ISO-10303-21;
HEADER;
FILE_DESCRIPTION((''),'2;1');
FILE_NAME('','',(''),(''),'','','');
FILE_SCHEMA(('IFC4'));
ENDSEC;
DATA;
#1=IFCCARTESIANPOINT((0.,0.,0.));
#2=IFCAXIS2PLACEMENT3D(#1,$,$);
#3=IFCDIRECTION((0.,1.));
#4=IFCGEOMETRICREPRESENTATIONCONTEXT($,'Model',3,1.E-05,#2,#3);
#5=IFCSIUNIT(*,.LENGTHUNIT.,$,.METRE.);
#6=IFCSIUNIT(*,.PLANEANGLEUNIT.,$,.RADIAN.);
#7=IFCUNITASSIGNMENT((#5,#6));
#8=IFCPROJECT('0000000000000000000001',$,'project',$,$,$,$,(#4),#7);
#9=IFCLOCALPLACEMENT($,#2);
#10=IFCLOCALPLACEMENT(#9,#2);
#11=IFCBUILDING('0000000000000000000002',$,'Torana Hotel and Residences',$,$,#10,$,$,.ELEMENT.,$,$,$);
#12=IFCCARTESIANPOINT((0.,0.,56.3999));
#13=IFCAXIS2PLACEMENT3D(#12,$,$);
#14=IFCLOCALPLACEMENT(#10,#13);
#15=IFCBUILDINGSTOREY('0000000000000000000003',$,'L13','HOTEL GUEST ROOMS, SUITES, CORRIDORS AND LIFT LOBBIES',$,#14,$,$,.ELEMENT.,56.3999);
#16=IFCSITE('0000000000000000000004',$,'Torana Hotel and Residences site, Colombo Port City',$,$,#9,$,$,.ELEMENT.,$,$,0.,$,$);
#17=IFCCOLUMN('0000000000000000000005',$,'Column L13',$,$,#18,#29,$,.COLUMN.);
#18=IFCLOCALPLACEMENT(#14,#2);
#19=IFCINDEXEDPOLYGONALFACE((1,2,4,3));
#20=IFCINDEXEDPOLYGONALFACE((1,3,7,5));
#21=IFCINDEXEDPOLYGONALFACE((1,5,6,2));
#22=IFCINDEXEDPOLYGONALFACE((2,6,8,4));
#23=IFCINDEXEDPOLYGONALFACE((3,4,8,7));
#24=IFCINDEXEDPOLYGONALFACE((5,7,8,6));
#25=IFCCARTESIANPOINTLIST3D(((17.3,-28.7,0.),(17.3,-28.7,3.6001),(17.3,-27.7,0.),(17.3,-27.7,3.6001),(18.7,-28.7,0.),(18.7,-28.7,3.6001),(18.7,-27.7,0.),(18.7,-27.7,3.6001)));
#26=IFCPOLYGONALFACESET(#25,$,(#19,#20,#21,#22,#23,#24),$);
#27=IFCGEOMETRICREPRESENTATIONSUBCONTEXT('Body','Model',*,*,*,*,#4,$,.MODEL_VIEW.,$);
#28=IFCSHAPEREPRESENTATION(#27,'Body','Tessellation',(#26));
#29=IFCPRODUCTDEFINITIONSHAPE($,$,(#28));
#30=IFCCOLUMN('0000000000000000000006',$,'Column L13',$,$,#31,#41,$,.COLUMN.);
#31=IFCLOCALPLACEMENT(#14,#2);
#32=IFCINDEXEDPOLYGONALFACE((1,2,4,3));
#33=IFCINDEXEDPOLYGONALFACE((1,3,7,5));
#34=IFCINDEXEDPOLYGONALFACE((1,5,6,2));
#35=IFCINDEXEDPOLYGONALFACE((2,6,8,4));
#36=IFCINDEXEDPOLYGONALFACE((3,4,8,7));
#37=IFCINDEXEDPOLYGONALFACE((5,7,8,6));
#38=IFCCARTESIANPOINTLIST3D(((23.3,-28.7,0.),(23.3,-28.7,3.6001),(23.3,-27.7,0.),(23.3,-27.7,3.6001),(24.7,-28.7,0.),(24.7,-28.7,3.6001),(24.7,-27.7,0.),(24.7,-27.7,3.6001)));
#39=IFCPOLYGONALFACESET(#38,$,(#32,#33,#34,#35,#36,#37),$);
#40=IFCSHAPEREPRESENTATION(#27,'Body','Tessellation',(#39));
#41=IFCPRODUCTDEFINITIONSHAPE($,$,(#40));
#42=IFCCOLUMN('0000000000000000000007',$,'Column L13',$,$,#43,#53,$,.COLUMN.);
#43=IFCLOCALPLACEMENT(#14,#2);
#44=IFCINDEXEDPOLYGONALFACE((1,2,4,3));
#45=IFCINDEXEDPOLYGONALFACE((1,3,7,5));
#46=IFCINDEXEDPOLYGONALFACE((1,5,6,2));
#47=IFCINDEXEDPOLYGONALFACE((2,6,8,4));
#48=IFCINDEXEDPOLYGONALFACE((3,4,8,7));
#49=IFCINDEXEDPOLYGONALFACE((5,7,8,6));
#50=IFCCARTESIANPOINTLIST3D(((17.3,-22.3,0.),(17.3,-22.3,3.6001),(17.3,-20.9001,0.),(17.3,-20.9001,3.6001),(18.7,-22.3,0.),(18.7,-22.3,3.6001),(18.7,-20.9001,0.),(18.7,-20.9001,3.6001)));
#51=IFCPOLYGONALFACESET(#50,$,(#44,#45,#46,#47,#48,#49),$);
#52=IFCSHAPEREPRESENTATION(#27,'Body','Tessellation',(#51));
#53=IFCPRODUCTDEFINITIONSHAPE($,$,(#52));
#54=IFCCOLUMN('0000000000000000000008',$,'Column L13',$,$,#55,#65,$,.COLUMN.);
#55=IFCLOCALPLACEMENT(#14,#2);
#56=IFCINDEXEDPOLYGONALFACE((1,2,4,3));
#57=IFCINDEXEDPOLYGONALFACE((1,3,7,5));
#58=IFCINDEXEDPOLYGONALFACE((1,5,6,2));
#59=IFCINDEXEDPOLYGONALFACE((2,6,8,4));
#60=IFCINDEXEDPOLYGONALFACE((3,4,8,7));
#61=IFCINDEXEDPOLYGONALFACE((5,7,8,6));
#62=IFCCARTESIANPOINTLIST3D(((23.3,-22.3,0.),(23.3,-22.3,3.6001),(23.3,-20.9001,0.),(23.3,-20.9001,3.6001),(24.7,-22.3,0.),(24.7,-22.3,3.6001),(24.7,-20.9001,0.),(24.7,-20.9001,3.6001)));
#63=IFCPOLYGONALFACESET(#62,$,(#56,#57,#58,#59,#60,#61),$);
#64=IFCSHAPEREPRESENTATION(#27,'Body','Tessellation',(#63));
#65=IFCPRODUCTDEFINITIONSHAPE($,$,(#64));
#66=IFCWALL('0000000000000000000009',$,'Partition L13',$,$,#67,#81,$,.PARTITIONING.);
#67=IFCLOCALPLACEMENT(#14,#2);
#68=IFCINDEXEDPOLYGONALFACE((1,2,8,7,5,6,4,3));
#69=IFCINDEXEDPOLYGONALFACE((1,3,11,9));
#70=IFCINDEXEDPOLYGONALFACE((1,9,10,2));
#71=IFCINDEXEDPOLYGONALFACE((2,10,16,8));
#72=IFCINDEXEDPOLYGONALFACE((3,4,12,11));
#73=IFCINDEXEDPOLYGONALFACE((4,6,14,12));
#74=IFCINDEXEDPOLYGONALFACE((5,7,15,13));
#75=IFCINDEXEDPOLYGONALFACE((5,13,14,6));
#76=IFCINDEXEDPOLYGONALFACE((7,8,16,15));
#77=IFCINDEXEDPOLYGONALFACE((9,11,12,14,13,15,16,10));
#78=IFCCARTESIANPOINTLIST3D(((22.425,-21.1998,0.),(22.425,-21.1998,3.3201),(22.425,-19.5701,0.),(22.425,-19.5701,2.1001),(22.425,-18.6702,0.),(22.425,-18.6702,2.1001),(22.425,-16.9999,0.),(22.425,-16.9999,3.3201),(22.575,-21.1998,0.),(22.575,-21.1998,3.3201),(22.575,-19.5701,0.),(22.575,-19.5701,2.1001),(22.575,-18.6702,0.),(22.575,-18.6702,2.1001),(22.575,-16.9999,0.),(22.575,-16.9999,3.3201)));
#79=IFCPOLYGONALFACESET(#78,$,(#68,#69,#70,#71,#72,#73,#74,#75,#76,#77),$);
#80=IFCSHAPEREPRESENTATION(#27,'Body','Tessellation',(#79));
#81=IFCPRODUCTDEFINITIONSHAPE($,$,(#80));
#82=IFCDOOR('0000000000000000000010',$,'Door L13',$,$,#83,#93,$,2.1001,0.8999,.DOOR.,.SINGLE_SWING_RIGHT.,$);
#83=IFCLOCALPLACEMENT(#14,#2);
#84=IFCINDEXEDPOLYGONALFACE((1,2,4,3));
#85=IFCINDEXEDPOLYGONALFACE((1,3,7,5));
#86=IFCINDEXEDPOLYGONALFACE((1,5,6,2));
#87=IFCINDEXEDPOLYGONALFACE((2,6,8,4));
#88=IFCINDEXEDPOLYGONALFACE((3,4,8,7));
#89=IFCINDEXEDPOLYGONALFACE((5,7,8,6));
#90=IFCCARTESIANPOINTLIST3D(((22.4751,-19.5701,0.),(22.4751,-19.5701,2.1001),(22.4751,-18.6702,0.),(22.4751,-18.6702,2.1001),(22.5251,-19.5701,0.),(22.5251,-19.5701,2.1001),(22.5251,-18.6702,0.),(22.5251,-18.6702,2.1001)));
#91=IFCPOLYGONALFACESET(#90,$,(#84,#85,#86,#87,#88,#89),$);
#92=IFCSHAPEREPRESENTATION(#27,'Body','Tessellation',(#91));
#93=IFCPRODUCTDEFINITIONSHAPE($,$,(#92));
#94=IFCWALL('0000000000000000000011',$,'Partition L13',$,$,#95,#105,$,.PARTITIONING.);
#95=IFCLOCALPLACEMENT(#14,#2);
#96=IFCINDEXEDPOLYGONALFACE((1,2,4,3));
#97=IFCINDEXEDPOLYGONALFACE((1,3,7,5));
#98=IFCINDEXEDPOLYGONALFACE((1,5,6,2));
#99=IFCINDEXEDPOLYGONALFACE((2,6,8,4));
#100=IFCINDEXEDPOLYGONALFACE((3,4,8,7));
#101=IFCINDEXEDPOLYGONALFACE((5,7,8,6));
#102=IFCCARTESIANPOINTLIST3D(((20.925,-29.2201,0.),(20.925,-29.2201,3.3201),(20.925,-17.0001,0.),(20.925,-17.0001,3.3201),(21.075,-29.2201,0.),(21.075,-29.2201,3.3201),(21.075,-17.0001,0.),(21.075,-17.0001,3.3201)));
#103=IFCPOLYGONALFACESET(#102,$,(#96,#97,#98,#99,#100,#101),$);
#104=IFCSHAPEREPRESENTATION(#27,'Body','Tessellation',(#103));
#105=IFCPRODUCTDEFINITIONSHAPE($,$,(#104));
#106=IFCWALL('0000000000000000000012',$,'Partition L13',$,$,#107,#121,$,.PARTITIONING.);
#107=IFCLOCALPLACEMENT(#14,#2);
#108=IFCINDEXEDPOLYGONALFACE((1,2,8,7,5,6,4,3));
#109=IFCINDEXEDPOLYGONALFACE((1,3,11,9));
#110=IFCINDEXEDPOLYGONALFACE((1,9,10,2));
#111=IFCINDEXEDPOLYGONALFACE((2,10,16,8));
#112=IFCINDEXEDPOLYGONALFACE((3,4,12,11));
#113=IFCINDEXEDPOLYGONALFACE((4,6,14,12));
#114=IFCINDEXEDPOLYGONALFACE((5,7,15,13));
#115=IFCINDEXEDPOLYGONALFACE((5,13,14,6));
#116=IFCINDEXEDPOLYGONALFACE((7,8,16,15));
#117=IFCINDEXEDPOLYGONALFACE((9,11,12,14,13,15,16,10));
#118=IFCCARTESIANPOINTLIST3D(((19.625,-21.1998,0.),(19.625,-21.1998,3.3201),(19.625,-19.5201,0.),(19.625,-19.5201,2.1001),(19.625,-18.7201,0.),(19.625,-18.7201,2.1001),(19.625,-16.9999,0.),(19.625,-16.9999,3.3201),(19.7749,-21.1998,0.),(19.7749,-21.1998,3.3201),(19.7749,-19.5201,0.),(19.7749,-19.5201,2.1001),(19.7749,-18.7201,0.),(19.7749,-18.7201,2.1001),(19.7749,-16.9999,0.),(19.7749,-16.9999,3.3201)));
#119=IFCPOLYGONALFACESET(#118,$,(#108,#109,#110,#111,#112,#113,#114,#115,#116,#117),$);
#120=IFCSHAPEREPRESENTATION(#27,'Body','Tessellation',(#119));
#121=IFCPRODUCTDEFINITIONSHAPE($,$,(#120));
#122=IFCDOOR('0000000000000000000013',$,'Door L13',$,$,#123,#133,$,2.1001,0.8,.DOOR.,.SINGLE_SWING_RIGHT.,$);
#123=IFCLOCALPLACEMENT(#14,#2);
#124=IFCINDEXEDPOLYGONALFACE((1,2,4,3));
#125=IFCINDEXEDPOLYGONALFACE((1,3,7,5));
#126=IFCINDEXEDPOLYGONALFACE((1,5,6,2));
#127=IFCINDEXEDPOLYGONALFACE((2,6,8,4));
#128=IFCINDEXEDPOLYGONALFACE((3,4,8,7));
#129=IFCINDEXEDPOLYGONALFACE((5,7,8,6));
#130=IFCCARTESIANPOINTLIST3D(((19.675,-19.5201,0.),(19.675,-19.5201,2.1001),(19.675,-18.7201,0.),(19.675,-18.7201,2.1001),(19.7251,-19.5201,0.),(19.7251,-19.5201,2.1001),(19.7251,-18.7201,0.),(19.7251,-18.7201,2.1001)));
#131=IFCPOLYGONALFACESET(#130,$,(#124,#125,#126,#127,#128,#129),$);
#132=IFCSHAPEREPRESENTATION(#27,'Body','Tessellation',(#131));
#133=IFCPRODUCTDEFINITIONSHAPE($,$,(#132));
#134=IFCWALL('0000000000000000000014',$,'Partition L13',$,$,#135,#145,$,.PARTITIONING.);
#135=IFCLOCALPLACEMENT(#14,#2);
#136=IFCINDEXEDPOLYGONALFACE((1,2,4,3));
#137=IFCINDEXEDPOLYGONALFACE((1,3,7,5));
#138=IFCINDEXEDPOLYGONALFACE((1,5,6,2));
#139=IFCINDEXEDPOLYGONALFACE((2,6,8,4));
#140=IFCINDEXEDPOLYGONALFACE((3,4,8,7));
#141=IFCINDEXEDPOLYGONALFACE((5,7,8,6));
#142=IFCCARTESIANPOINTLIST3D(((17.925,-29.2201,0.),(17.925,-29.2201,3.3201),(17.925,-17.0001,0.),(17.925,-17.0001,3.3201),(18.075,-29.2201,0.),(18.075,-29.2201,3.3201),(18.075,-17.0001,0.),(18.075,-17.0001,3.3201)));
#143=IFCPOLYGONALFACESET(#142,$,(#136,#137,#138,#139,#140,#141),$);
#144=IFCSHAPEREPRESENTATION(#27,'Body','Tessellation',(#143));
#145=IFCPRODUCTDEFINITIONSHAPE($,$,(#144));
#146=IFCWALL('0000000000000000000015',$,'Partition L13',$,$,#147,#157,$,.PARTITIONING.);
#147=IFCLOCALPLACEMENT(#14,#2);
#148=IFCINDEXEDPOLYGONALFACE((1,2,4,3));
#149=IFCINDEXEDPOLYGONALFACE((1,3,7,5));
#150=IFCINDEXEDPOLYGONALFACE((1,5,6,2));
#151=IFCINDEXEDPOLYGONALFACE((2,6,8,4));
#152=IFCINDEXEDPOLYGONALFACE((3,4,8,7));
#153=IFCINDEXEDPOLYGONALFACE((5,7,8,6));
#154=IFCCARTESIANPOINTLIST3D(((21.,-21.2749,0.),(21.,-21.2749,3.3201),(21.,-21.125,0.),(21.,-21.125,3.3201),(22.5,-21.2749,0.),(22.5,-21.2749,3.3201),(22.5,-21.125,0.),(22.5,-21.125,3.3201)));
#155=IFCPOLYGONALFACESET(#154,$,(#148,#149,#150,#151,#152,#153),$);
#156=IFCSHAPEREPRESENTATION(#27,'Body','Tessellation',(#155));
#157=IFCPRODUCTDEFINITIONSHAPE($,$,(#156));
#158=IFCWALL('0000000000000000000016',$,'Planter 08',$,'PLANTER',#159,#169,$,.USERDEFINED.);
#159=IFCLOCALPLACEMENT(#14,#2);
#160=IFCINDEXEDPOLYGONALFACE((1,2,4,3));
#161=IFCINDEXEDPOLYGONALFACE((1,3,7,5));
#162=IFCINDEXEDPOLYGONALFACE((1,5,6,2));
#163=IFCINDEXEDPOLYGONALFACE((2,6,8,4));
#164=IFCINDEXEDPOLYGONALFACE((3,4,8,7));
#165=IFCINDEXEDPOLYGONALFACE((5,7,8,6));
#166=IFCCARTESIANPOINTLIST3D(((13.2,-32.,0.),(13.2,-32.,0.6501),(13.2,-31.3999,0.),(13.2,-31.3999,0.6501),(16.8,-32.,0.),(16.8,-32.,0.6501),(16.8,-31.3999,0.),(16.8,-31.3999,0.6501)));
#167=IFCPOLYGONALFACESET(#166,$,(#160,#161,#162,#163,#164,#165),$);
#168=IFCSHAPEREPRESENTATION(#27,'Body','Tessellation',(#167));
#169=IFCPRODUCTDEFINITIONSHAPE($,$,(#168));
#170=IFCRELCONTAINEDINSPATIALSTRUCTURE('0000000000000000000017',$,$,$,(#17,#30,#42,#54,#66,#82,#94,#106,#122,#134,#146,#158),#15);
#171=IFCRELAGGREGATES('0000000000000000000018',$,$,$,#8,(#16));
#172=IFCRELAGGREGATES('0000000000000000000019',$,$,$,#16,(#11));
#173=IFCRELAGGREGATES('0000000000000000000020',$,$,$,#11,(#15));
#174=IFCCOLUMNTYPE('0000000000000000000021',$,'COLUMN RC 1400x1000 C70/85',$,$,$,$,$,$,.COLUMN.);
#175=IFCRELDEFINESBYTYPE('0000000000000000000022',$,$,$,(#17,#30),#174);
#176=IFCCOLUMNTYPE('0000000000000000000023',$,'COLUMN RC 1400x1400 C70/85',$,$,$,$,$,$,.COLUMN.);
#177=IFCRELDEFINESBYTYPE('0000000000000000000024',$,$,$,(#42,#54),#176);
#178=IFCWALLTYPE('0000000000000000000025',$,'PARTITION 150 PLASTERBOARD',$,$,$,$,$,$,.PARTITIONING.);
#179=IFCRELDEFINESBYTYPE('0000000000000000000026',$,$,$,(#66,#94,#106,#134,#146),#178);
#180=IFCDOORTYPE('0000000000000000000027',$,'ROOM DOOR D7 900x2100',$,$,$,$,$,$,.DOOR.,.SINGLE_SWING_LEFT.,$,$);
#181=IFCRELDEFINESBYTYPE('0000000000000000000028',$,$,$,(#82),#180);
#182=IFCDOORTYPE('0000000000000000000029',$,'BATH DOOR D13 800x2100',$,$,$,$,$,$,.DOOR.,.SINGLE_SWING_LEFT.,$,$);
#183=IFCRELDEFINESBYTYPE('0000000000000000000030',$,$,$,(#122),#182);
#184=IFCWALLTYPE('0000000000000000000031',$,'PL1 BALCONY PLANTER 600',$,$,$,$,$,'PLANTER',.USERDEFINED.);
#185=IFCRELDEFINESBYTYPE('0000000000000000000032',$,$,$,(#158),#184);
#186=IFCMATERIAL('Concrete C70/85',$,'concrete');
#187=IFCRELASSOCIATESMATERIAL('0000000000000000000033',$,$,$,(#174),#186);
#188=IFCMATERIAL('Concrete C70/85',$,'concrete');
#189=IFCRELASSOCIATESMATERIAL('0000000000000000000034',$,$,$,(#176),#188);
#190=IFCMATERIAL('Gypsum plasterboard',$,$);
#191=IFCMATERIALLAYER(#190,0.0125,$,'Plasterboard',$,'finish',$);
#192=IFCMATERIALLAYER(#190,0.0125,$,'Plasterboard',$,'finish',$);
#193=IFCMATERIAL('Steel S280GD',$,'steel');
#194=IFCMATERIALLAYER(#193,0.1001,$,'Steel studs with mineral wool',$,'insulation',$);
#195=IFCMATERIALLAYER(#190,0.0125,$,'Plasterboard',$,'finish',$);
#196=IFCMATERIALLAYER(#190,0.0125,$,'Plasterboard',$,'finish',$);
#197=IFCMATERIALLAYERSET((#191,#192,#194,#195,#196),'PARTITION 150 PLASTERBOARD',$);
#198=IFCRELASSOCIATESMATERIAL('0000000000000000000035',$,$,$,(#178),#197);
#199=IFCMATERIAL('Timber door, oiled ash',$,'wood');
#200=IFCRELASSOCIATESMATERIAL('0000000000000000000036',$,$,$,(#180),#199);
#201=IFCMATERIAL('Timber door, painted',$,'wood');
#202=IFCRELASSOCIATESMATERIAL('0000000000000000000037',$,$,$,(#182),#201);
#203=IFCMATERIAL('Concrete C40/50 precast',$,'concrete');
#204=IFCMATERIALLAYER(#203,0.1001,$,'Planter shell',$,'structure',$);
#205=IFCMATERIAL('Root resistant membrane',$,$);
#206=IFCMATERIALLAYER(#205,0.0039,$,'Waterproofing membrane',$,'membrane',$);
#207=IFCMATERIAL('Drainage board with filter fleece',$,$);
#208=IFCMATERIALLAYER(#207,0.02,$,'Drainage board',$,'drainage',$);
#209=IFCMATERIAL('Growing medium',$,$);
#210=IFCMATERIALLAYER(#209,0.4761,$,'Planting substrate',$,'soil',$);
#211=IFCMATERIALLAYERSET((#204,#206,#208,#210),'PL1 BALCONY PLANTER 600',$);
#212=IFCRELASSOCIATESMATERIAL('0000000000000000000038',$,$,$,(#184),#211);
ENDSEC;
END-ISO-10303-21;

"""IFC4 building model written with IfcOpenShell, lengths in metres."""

from ifc_helpers import new_model, si_unit, direction, frame, frame_2d, origin, origin_2d, place, context, subcontext, project, spatial, rectangle, extrude, material, layer, layer_set, material_profile, profile_set, type_object, element, fill, save


model = new_model("IFC4")

# Units and contexts
model_context = context("Model", 3, precision=1e-05, world=origin(), true_north=direction((0.0, 1.0)))
body_context = subcontext(model_context, "Body", "Model", "MODEL_VIEW")
ifc_project = project(units=[si_unit("LENGTHUNIT", "METRE"), si_unit("PLANEANGLEUNIT", "RADIAN")], contexts=[model_context])

# Site, building, storey
site_placement = place(None, origin())
site = spatial("IfcSite", under=ifc_project, at=site_placement, Name="Torana Hotel and Residences site, Colombo Port City", CompositionType="ELEMENT", RefElevation=0.0)
building_placement = place(site_placement, origin())
building = spatial("IfcBuilding", under=site, at=building_placement, Name="Torana Hotel and Residences", CompositionType="ELEMENT")
storey_placement = place(building_placement, frame((0.0, 0.0, 56.3999)))
storey = spatial("IfcBuildingStorey", under=building, at=storey_placement, Name="L13", Description="HOTEL GUEST ROOMS, SUITES, CORRIDORS AND LIFT LOBBIES", CompositionType="ELEMENT", Elevation=56.3999)

# Columns
ifc_material_1 = material(Name="Concrete C70/85", Category="concrete")
ifc_material_profile_1 = material_profile(ifc_material_1, rectangle(XDim=1.3999, YDim=1.0, at=origin_2d()), Name="RC 1400x1000")
ifc_profile_set_1 = profile_set([ifc_material_profile_1], Name="Concrete C70/85")
column_type_1 = type_object("IfcColumnType", Name="COLUMN RC 1400x1000 C70/85", PredefinedType="COLUMN", material=ifc_profile_set_1)
for number, where, z_axis, x_axis, name in (
    (1, (18.0, -28.2, 0.0), (0.0, 0.0, 1.0), (1.0, 0.0, 0.0), "Column L13"),
    (2, (24.0, -28.2, 0.0), (0.0, 0.0, 1.0), (1.0, 0.0, 0.0), "Column L13"),
):
    element("IfcColumn", number, at=place(storey_placement, frame(where, z_axis=z_axis, x_axis=x_axis)), inside=storey, type_object=column_type_1, Name=name, PredefinedType="COLUMN", context=body_context, shape_type="SweptSolid", body=[
        extrude(rectangle(XDim=1.3999, YDim=1.0, at=origin_2d()), origin(), (0.0, 0.0, 1.0), 3.6001),
    ])
ifc_material_2 = material(Name="Concrete C70/85", Category="concrete")
ifc_material_profile_2 = material_profile(ifc_material_2, rectangle(XDim=1.3999, YDim=1.3999, at=origin_2d()), Name="RC 1400x1400")
ifc_profile_set_2 = profile_set([ifc_material_profile_2], Name="Concrete C70/85")
column_type_2 = type_object("IfcColumnType", Name="COLUMN RC 1400x1400 C70/85", PredefinedType="COLUMN", material=ifc_profile_set_2)
for number, where, z_axis, x_axis, name in (
    (3, (18.0, -21.6001, 0.0), (0.0, 0.0, 1.0), (1.0, 0.0, 0.0), "Column L13"),
    (4, (24.0, -21.6001, 0.0), (0.0, 0.0, 1.0), (1.0, 0.0, 0.0), "Column L13"),
):
    element("IfcColumn", number, at=place(storey_placement, frame(where, z_axis=z_axis, x_axis=x_axis)), inside=storey, type_object=column_type_2, Name=name, PredefinedType="COLUMN", context=body_context, shape_type="SweptSolid", body=[
        extrude(rectangle(XDim=1.3999, YDim=1.3999, at=origin_2d()), origin(), (0.0, 0.0, 1.0), 3.6001),
    ])

# Wall, opening, door
ifc_material_3 = material(Name="Gypsum plasterboard")
ifc_layer_1 = layer(ifc_material_3, 0.0125, Name="Plasterboard", Category="finish")
ifc_layer_2 = layer(ifc_material_3, 0.0125, Name="Plasterboard", Category="finish")
ifc_material_4 = material(Name="Steel S280GD", Category="steel")
ifc_layer_3 = layer(ifc_material_4, 0.1001, Name="Steel studs with mineral wool", Category="insulation")
ifc_layer_4 = layer(ifc_material_3, 0.0125, Name="Plasterboard", Category="finish")
ifc_layer_5 = layer(ifc_material_3, 0.0125, Name="Plasterboard", Category="finish")
ifc_layer_set_1 = layer_set([ifc_layer_1, ifc_layer_2, ifc_layer_3, ifc_layer_4, ifc_layer_5], Name="PARTITION 150 PLASTERBOARD")
wall_type_1 = type_object("IfcWallType", Name="PARTITION 150 PLASTERBOARD", PredefinedType="PARTITIONING", material=ifc_layer_set_1)
wall_1_placement = place(storey_placement, frame((22.5, -21.2, 0.0), z_axis=(0.0, 0.0, 1.0), x_axis=(0.0, 1.0, 0.0)))
wall_1 = element("IfcWall", 5, at=wall_1_placement, inside=storey, type_object=wall_type_1, Name="Partition L13", PredefinedType="PARTITIONING", context=body_context, shape_type="SweptSolid", body=[
    extrude(rectangle(XDim=4.2, YDim=0.1499, at=frame_2d((2.1001, 0.0))), origin(), (0.0, 0.0, 1.0), 3.3201),
])
opening_1_placement = place(wall_1_placement, frame((1.6299, 0.0, 0.0)))
opening_1 = element("IfcOpeningElement", 6, at=opening_1_placement, cuts=wall_1, PredefinedType="OPENING", context=body_context, shape_type="SweptSolid", body=[
    extrude(rectangle(XDim=0.8999, YDim=2.1001, at=frame_2d((0.45, 1.05))), frame((0.0, 0.085, 0.0), z_axis=(0.0, -1.0, 0.0), x_axis=(1.0, 0.0, 0.0)), (0.0, 0.0, 1.0), 0.1699),
])
ifc_material_5 = material(Name="Timber door, oiled ash", Category="wood")
door_type_1 = type_object("IfcDoorType", Name="ROOM DOOR D7 900x2100", OperationType="SINGLE_SWING_LEFT", PredefinedType="DOOR", material=ifc_material_5)
door_1_placement = place(opening_1_placement, origin())
door_1 = element("IfcDoor", 7, at=door_1_placement, inside=storey, type_object=door_type_1, Name="Door L13", OperationType="SINGLE_SWING_RIGHT", OverallHeight=2.1001, OverallWidth=0.8999, PredefinedType="DOOR", context=body_context, shape_type="SweptSolid", body=[
    extrude(rectangle(XDim=0.8999, YDim=2.1001, at=frame_2d((0.45, 1.05))), frame((0.0, 0.0249, 0.0), z_axis=(0.0, -1.0, 0.0), x_axis=(1.0, 0.0, 0.0)), (0.0, 0.0, 1.0), 0.05),
])
fill(opening_1, door_1)

# Wall
wall_2_placement = place(storey_placement, frame((21.0, -29.22, 0.0), z_axis=(0.0, 0.0, 1.0), x_axis=(0.0, 1.0, 0.0)))
element("IfcWall", 8, at=wall_2_placement, inside=storey, type_object=wall_type_1, Name="Partition L13", PredefinedType="PARTITIONING", context=body_context, shape_type="SweptSolid", body=[
    extrude(rectangle(XDim=12.22, YDim=0.1499, at=frame_2d((6.1099, 0.0))), origin(), (0.0, 0.0, 1.0), 3.3201),
])

# Wall, opening, door
wall_3_placement = place(storey_placement, frame((19.7, -21.2, 0.0), z_axis=(0.0, 0.0, 1.0), x_axis=(0.0, 1.0, 0.0)))
wall_3 = element("IfcWall", 9, at=wall_3_placement, inside=storey, type_object=wall_type_1, Name="Partition L13", PredefinedType="PARTITIONING", context=body_context, shape_type="SweptSolid", body=[
    extrude(rectangle(XDim=4.2, YDim=0.1499, at=frame_2d((2.1001, 0.0))), origin(), (0.0, 0.0, 1.0), 3.3201),
])
opening_2_placement = place(wall_3_placement, frame((1.6799, 0.0, 0.0)))
opening_2 = element("IfcOpeningElement", 10, at=opening_2_placement, cuts=wall_3, PredefinedType="OPENING", context=body_context, shape_type="SweptSolid", body=[
    extrude(rectangle(XDim=0.8, YDim=2.1001, at=frame_2d((0.3999, 1.05))), frame((0.0, 0.085, 0.0), z_axis=(0.0, -1.0, 0.0), x_axis=(1.0, 0.0, 0.0)), (0.0, 0.0, 1.0), 0.1699),
])
ifc_material_6 = material(Name="Timber door, painted", Category="wood")
door_type_2 = type_object("IfcDoorType", Name="BATH DOOR D13 800x2100", OperationType="SINGLE_SWING_LEFT", PredefinedType="DOOR", material=ifc_material_6)
door_2_placement = place(opening_2_placement, origin())
door_2 = element("IfcDoor", 11, at=door_2_placement, inside=storey, type_object=door_type_2, Name="Door L13", OperationType="SINGLE_SWING_RIGHT", OverallHeight=2.1001, OverallWidth=0.8, PredefinedType="DOOR", context=body_context, shape_type="SweptSolid", body=[
    extrude(rectangle(XDim=0.8, YDim=2.1001, at=frame_2d((0.3999, 1.05))), frame((0.0, 0.0249, 0.0), z_axis=(0.0, -1.0, 0.0), x_axis=(1.0, 0.0, 0.0)), (0.0, 0.0, 1.0), 0.05),
])
fill(opening_2, door_2)

# Walls
wall_4_placement = place(storey_placement, frame((18.0, -29.22, 0.0), z_axis=(0.0, 0.0, 1.0), x_axis=(0.0, 1.0, 0.0)))
element("IfcWall", 12, at=wall_4_placement, inside=storey, type_object=wall_type_1, Name="Partition L13", PredefinedType="PARTITIONING", context=body_context, shape_type="SweptSolid", body=[
    extrude(rectangle(XDim=12.22, YDim=0.1499, at=frame_2d((6.1099, 0.0))), origin(), (0.0, 0.0, 1.0), 3.3201),
])
wall_5_placement = place(storey_placement, frame((21.0, -21.2, 0.0), z_axis=(0.0, 0.0, 1.0), x_axis=(1.0, 0.0, 0.0)))
element("IfcWall", 13, at=wall_5_placement, inside=storey, type_object=wall_type_1, Name="Partition L13", PredefinedType="PARTITIONING", context=body_context, shape_type="SweptSolid", body=[
    extrude(rectangle(XDim=1.5, YDim=0.1499, at=frame_2d((0.75, 0.0))), origin(), (0.0, 0.0, 1.0), 3.3201),
])
ifc_material_7 = material(Name="Concrete C40/50 precast", Category="concrete")
ifc_layer_6 = layer(ifc_material_7, 0.1001, Name="Planter shell", Category="structure")
ifc_material_8 = material(Name="Root resistant membrane")
ifc_layer_7 = layer(ifc_material_8, 0.0039, Name="Waterproofing membrane", Category="membrane")
ifc_material_9 = material(Name="Drainage board with filter fleece")
ifc_layer_8 = layer(ifc_material_9, 0.02, Name="Drainage board", Category="drainage")
ifc_material_10 = material(Name="Growing medium")
ifc_layer_9 = layer(ifc_material_10, 0.4761, Name="Planting substrate", Category="soil")
ifc_layer_set_2 = layer_set([ifc_layer_6, ifc_layer_7, ifc_layer_8, ifc_layer_9], Name="PL1 BALCONY PLANTER 600")
wall_type_2 = type_object("IfcWallType", Name="PL1 BALCONY PLANTER 600", ElementType="PLANTER", PredefinedType="USERDEFINED", material=ifc_layer_set_2)
for number, where, z_axis, x_axis, name in (
    (14, (16.8, -31.7, 0.0), (0.0, 0.0, 1.0), (-1.0, 0.0, 0.0), "Planter 08"),
):
    element("IfcWall", number, at=place(storey_placement, frame(where, z_axis=z_axis, x_axis=x_axis)), inside=storey, type_object=wall_type_2, Name=name, ObjectType="PLANTER", PredefinedType="USERDEFINED", context=body_context, shape_type="SweptSolid", body=[
        extrude(rectangle(XDim=3.6001, YDim=0.6001, at=frame_2d((1.8, 0.0))), origin(), (0.0, 0.0, 1.0), 0.6501),
    ])

save(model, "model.ifc")
